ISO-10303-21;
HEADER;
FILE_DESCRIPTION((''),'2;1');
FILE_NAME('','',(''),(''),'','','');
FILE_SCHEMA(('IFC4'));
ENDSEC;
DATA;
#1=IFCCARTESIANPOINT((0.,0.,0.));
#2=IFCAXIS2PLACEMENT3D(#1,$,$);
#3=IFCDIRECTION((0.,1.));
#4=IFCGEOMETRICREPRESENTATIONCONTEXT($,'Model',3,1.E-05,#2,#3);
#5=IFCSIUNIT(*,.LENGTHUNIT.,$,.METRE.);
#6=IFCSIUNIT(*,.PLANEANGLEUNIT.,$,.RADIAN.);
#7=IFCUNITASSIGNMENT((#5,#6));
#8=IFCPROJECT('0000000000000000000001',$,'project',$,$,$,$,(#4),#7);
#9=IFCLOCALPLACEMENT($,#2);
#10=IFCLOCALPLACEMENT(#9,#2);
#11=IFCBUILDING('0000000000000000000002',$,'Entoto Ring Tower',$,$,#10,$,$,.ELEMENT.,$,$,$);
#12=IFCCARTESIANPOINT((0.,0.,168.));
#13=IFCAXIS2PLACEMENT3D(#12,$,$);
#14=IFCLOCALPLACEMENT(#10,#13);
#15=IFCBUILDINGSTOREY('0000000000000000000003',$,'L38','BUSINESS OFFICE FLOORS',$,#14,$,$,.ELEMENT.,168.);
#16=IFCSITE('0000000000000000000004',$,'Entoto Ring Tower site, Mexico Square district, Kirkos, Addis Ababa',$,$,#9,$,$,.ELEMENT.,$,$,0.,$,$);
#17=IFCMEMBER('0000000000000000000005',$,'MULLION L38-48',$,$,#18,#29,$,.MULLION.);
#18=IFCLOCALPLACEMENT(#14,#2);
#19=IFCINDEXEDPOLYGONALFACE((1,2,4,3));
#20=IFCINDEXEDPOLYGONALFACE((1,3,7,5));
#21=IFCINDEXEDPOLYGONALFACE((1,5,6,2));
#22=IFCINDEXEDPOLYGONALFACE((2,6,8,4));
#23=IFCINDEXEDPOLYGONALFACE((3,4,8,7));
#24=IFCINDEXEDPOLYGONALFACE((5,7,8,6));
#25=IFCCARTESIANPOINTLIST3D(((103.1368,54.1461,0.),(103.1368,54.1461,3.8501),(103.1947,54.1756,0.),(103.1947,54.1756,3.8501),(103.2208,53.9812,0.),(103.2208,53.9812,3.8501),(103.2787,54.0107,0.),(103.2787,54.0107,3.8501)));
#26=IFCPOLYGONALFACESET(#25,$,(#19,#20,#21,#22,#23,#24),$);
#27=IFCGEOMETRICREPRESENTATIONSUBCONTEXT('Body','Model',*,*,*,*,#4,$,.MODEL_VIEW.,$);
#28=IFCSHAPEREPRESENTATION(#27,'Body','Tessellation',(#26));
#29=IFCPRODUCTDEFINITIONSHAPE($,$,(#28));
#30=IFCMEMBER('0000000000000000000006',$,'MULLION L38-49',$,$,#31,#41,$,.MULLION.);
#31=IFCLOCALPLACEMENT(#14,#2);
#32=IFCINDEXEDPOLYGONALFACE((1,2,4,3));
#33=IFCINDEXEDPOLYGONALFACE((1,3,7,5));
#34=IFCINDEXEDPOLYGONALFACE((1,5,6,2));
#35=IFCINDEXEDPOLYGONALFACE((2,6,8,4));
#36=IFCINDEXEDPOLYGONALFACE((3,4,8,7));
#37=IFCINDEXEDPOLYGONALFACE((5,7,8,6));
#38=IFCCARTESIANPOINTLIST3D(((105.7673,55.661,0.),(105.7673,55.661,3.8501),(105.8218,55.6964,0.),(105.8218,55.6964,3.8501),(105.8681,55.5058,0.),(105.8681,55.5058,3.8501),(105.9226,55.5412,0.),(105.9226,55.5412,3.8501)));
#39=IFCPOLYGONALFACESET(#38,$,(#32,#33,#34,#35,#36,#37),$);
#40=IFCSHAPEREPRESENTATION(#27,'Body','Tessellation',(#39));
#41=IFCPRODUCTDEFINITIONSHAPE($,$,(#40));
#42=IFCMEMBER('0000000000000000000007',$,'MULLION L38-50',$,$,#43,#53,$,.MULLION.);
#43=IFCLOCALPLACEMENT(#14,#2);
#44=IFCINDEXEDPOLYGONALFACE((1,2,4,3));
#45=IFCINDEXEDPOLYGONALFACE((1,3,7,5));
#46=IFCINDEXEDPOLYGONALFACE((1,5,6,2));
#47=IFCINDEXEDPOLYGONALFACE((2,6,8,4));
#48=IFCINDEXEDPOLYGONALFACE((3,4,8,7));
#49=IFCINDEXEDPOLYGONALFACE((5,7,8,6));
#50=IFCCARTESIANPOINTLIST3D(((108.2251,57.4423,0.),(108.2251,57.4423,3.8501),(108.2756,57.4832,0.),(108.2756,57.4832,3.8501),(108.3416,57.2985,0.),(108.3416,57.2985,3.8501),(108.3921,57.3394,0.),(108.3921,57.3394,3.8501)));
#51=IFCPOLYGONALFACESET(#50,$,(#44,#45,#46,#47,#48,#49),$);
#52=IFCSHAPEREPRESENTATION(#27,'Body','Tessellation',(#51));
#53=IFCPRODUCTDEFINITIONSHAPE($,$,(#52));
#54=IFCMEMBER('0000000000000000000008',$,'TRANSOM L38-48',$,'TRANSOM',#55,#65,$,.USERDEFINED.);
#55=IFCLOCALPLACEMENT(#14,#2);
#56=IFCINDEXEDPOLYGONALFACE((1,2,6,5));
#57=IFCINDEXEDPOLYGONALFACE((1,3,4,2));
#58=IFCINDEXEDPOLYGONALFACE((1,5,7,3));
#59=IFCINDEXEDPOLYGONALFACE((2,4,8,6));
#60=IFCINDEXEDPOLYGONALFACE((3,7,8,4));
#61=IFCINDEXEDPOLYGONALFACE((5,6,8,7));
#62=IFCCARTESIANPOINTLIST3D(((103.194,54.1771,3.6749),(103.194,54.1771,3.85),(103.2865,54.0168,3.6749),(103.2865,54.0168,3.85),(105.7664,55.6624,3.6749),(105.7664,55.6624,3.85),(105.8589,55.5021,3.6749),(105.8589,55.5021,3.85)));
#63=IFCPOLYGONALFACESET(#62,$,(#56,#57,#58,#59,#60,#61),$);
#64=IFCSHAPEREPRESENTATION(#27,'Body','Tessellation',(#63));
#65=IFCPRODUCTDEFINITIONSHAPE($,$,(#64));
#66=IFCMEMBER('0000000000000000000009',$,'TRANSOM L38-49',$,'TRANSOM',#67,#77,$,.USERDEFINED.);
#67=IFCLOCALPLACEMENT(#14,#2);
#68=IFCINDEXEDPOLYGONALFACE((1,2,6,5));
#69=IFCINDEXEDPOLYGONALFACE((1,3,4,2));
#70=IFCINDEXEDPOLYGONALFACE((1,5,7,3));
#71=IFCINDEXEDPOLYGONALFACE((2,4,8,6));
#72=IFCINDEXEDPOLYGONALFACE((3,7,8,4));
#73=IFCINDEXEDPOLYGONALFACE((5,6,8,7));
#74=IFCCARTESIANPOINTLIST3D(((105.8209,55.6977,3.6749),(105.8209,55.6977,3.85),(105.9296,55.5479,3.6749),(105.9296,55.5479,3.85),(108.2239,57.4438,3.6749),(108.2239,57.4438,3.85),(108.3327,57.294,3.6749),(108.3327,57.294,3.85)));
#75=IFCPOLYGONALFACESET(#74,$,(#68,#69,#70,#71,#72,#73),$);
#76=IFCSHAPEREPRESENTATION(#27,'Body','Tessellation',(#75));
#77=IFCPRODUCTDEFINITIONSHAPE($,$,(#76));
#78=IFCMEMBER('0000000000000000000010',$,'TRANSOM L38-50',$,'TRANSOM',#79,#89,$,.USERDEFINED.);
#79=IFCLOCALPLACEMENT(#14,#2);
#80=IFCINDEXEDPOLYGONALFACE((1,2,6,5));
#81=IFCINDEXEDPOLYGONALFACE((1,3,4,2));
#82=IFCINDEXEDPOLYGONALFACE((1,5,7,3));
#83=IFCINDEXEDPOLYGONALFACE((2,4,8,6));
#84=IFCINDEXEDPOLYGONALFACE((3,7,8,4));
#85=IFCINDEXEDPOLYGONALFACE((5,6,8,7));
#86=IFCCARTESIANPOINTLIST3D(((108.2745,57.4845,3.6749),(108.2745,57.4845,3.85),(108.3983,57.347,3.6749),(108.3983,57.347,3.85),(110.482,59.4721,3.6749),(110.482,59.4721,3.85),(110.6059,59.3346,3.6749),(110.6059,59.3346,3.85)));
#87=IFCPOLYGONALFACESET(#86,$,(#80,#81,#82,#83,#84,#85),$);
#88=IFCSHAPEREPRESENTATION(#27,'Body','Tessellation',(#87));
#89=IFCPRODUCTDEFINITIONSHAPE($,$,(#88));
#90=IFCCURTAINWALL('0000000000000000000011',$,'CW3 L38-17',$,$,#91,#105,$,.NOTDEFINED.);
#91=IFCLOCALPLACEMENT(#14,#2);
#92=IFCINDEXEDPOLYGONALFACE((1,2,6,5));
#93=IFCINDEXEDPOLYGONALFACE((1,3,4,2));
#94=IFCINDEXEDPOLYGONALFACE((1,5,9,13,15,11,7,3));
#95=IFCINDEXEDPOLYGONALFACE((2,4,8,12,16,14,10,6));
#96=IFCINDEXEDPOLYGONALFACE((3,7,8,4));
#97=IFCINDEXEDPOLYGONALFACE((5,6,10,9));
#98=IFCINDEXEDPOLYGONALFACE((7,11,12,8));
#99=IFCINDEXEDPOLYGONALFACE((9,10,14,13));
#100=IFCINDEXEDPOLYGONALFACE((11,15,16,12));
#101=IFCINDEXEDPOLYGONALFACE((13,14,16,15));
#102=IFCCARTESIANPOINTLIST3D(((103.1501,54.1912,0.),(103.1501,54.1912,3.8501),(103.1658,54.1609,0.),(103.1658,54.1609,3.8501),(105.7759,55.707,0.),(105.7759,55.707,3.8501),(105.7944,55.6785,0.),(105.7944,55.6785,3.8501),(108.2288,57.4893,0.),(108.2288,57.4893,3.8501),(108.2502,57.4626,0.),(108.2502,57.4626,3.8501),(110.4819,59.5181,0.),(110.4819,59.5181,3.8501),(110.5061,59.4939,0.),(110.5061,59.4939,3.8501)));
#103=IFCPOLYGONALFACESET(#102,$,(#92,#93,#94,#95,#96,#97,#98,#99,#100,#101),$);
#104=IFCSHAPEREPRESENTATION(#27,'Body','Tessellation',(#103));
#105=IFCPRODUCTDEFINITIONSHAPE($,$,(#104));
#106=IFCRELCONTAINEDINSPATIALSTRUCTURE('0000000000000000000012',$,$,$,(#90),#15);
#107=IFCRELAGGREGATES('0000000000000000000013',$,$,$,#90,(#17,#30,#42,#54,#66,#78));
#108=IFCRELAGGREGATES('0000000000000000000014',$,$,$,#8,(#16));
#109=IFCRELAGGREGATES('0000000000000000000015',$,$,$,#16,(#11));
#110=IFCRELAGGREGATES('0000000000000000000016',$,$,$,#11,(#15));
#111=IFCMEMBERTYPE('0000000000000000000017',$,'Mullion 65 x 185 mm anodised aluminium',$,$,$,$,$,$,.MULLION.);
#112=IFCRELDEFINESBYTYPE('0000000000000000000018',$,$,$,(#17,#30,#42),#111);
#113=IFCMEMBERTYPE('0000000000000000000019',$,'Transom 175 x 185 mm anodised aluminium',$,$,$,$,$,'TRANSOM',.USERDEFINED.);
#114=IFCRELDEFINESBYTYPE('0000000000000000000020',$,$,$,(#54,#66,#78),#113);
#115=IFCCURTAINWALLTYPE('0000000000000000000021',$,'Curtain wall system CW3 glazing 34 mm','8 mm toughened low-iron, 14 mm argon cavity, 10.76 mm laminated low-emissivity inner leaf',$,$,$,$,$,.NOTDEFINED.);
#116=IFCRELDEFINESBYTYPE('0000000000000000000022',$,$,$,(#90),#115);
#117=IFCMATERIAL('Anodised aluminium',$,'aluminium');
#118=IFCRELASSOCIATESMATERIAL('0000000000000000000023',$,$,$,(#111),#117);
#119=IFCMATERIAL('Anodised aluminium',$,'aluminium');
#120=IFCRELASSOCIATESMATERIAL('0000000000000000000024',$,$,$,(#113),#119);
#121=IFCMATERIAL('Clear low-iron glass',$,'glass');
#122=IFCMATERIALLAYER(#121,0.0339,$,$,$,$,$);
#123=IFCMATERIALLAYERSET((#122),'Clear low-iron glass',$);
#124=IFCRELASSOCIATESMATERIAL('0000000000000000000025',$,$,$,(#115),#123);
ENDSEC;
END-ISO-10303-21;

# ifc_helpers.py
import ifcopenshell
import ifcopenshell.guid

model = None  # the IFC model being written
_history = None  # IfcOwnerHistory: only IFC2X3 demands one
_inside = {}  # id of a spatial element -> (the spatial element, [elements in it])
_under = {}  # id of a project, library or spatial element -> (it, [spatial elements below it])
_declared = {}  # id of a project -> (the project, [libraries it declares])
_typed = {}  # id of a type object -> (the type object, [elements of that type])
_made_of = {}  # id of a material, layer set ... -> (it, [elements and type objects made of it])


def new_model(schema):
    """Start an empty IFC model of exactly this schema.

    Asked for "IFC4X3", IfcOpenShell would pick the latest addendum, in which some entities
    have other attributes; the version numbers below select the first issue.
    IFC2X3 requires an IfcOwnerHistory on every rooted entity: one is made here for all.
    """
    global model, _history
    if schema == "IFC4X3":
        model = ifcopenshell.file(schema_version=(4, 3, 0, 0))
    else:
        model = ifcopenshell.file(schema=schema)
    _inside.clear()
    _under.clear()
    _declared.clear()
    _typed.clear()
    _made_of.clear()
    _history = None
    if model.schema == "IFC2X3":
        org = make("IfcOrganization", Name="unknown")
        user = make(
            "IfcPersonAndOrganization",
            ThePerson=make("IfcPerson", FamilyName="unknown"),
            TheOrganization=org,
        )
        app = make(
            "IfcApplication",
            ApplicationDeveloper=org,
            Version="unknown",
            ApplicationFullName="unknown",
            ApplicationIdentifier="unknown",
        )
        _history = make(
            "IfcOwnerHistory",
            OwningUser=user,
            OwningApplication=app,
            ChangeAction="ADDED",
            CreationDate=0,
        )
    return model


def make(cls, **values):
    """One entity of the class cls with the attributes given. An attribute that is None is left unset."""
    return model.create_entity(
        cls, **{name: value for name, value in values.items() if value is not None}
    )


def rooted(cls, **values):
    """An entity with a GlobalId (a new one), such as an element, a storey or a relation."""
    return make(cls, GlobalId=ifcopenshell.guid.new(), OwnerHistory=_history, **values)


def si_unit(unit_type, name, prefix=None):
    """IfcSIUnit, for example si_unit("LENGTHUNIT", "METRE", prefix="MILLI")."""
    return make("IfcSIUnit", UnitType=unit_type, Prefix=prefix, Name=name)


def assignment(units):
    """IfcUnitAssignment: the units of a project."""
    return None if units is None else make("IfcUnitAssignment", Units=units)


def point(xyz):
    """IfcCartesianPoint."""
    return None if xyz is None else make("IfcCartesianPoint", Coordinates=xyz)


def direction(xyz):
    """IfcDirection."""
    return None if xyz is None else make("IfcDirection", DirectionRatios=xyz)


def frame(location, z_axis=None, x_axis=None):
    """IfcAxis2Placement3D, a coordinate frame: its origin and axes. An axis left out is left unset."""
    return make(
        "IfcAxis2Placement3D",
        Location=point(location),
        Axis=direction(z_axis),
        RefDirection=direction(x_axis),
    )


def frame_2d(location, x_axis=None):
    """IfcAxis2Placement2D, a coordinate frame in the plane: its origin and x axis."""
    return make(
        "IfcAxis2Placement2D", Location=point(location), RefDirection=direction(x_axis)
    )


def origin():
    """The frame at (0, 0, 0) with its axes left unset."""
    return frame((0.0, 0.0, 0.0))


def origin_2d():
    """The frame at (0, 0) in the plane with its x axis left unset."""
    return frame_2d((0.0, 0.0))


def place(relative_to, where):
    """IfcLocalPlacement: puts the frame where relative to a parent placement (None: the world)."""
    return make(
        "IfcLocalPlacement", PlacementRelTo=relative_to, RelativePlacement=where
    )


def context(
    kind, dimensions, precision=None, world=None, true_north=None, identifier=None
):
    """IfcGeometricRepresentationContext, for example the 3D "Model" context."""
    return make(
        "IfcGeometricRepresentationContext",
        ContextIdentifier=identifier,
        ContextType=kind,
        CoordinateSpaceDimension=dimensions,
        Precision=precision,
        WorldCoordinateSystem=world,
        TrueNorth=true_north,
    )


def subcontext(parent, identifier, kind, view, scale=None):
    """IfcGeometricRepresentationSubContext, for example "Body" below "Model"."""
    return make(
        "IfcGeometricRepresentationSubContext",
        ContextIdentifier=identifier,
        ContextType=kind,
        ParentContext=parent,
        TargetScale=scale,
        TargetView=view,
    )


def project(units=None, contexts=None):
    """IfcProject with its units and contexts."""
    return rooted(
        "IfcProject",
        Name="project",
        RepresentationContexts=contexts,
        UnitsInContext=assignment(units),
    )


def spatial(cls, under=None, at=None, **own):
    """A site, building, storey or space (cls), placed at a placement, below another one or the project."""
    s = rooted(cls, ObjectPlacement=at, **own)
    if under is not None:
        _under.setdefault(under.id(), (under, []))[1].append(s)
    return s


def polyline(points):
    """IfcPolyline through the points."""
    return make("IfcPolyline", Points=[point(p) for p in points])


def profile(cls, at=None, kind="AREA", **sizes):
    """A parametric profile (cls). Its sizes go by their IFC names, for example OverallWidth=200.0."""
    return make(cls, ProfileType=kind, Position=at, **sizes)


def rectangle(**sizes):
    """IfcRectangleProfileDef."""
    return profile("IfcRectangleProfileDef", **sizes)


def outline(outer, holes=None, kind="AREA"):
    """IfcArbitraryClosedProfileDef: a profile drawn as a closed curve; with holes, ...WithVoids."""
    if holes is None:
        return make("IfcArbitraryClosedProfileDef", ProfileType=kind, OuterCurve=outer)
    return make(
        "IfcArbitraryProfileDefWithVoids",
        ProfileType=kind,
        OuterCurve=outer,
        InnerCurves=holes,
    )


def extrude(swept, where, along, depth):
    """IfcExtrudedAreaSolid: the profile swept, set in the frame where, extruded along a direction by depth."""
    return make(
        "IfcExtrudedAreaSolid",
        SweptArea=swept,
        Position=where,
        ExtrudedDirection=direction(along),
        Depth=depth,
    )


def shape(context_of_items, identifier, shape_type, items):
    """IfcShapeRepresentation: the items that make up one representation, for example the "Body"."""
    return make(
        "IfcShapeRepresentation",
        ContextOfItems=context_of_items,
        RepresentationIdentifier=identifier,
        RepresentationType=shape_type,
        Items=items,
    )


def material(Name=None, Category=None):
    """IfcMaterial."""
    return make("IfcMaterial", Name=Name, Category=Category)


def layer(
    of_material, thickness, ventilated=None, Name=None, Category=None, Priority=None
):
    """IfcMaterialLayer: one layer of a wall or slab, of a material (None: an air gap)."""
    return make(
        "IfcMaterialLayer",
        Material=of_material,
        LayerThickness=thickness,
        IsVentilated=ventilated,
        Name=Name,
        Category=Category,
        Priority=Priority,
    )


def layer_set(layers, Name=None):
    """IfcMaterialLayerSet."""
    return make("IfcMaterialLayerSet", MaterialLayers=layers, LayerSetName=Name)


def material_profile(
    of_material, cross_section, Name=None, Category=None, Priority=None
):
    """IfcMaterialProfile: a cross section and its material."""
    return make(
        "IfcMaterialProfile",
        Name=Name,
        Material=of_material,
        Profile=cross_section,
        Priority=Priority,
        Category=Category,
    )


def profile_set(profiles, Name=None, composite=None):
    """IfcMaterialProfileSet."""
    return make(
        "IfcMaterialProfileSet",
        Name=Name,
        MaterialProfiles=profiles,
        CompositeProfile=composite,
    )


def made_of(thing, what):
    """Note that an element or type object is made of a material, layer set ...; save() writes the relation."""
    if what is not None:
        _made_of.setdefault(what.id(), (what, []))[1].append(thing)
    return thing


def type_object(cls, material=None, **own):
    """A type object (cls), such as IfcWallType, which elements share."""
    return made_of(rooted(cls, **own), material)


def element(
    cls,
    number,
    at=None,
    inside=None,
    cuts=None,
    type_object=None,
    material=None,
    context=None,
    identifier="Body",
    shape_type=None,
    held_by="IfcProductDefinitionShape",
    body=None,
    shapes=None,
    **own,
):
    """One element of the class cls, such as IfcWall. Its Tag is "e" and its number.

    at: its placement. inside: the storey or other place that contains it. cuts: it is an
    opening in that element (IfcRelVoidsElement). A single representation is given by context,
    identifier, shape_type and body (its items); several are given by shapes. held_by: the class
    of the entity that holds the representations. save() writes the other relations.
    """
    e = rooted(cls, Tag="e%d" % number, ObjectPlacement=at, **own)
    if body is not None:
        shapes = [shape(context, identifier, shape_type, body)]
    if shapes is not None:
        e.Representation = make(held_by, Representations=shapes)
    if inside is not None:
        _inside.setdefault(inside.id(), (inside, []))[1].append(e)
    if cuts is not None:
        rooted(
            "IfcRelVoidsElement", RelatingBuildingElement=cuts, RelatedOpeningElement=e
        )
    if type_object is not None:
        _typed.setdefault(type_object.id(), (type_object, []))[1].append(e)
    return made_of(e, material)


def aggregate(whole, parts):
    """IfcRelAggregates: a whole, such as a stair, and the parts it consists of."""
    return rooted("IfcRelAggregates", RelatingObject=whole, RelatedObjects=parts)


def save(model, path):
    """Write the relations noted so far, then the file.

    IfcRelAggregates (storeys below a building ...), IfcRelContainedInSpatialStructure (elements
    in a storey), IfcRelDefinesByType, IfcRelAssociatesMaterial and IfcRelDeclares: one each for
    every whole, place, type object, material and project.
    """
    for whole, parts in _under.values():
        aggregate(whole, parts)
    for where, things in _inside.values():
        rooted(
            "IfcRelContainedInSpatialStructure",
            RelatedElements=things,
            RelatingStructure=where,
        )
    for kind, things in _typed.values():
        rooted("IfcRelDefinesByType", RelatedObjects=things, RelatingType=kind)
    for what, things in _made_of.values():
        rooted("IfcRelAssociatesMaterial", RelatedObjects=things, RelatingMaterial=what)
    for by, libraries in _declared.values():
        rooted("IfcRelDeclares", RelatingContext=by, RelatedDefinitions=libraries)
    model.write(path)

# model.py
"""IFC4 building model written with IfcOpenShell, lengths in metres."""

from ifc_helpers import new_model, si_unit, direction, frame, origin, origin_2d, place, context, subcontext, project, spatial, polyline, rectangle, outline, extrude, material, layer, layer_set, material_profile, profile_set, type_object, element, aggregate, save


model = new_model("IFC4")

# Units and contexts
model_context = context("Model", 3, precision=1e-05, world=origin(), true_north=direction((0.0, 1.0)))
body_context = subcontext(model_context, "Body", "Model", "MODEL_VIEW")
ifc_project = project(units=[si_unit("LENGTHUNIT", "METRE"), si_unit("PLANEANGLEUNIT", "RADIAN")], contexts=[model_context])

# Members
ifc_material_1 = material(Name="Anodised aluminium", Category="aluminium")
ifc_material_profile_1 = material_profile(ifc_material_1, rectangle(XDim=0.0649, YDim=0.1851, at=origin_2d()), Name="Mullion 65 x 185 mm anodised aluminium")
ifc_profile_set_1 = profile_set([ifc_material_profile_1], Name="Anodised aluminium")
member_type_1 = type_object("IfcMemberType", Name="Mullion 65 x 185 mm anodised aluminium", PredefinedType="MULLION", material=ifc_profile_set_1)
site_placement = place(None, origin())
building_placement = place(site_placement, origin())
storey_placement = place(building_placement, frame((0.0, 0.0, 168.0)))
member_1_placement = place(storey_placement, frame((103.2078, 54.0784, 0.0), z_axis=(0.0, 0.0, 1.0), x_axis=(0.891007, 0.45399, 0.0)))
member_1 = element("IfcMember", 1, at=member_1_placement, type_object=member_type_1, Name="MULLION L38-48", PredefinedType="MULLION", context=body_context, shape_type="SweptSolid", body=[
    extrude(rectangle(XDim=0.0649, YDim=0.1851, at=origin_2d()), origin(), (0.0, 0.0, 1.0), 3.8501),
])
member_2_placement = place(storey_placement, frame((105.845, 55.6011, 0.0), z_axis=(0.0, 0.0, 1.0), x_axis=(0.838671, 0.544639, 0.0)))
member_2 = element("IfcMember", 2, at=member_2_placement, type_object=member_type_1, Name="MULLION L38-49", PredefinedType="MULLION", context=body_context, shape_type="SweptSolid", body=[
    extrude(rectangle(XDim=0.0649, YDim=0.1851, at=origin_2d()), origin(), (0.0, 0.0, 1.0), 3.8501),
])
member_3_placement = place(storey_placement, frame((108.3086, 57.3909, 0.0), z_axis=(0.0, 0.0, 1.0), x_axis=(0.777146, 0.62932, 0.0)))
member_3 = element("IfcMember", 3, at=member_3_placement, type_object=member_type_1, Name="MULLION L38-50", PredefinedType="MULLION", context=body_context, shape_type="SweptSolid", body=[
    extrude(rectangle(XDim=0.0649, YDim=0.1851, at=origin_2d()), origin(), (0.0, 0.0, 1.0), 3.8501),
])
ifc_material_2 = material(Name="Anodised aluminium", Category="aluminium")
ifc_material_profile_2 = material_profile(ifc_material_2, rectangle(XDim=0.1851, YDim=0.175, at=origin_2d()), Name="Transom 175 x 185 mm anodised aluminium")
ifc_profile_set_2 = profile_set([ifc_material_profile_2], Name="Anodised aluminium")
member_type_2 = type_object("IfcMemberType", Name="Transom 175 x 185 mm anodised aluminium", ElementType="TRANSOM", PredefinedType="USERDEFINED", material=ifc_profile_set_2)
member_4_placement = place(storey_placement, frame((103.2402, 54.0969, 3.7625), z_axis=(0.866009, 0.500028, 0.0), x_axis=(-0.500028, 0.866009, 0.0)))
member_4 = element("IfcMember", 4, at=member_4_placement, type_object=member_type_2, Name="TRANSOM L38-48", ObjectType="TRANSOM", PredefinedType="USERDEFINED", context=body_context, shape_type="SweptSolid", body=[
    extrude(rectangle(XDim=0.1851, YDim=0.175, at=origin_2d()), origin(), (0.0, 0.0, 1.0), 2.9705),
])
member_5_placement = place(storey_placement, frame((105.8752, 55.6228, 3.7625), z_axis=(0.808992, 0.58782, 0.0), x_axis=(-0.58782, 0.808992, 0.0)))
member_5 = element("IfcMember", 5, at=member_5_placement, type_object=member_type_2, Name="TRANSOM L38-49", ObjectType="TRANSOM", PredefinedType="USERDEFINED", context=body_context, shape_type="SweptSolid", body=[
    extrude(rectangle(XDim=0.1851, YDim=0.175, at=origin_2d()), origin(), (0.0, 0.0, 1.0), 2.9705),
])
member_6_placement = place(storey_placement, frame((108.3364, 57.4158, 3.7625), z_axis=(0.743163, 0.66911, 0.0), x_axis=(-0.66911, 0.743163, 0.0)))
member_6 = element("IfcMember", 6, at=member_6_placement, type_object=member_type_2, Name="TRANSOM L38-50", ObjectType="TRANSOM", PredefinedType="USERDEFINED", context=body_context, shape_type="SweptSolid", body=[
    extrude(rectangle(XDim=0.1851, YDim=0.175, at=origin_2d()), origin(), (0.0, 0.0, 1.0), 2.9705),
])

# Site, building, storey
site = spatial("IfcSite", under=ifc_project, at=site_placement, Name="Entoto Ring Tower site, Mexico Square district, Kirkos, Addis Ababa", CompositionType="ELEMENT", RefElevation=0.0)
building = spatial("IfcBuilding", under=site, at=building_placement, Name="Entoto Ring Tower", CompositionType="ELEMENT")
storey = spatial("IfcBuildingStorey", under=building, at=storey_placement, Name="L38", Description="BUSINESS OFFICE FLOORS", CompositionType="ELEMENT", Elevation=168.0)

# Curtain wall
ifc_material_3 = material(Name="Clear low-iron glass", Category="glass")
ifc_layer_1 = layer(ifc_material_3, 0.0339)
ifc_layer_set_1 = layer_set([ifc_layer_1], Name="Clear low-iron glass")
curtain_wall_type = type_object("IfcCurtainWallType", Name="Curtain wall system CW3 glazing 34 mm", Description="8 mm toughened low-iron, 14 mm argon cavity, 10.76 mm laminated low-emissivity inner leaf", PredefinedType="NOTDEFINED", material=ifc_layer_set_1)
curtain_wall_1_placement = place(storey_placement, origin())
curtain_wall_1 = element("IfcCurtainWall", 7, at=curtain_wall_1_placement, inside=storey, type_object=curtain_wall_type, Name="CW3 L38-17", PredefinedType="NOTDEFINED", context=body_context, shape_type="SweptSolid", body=[
    extrude(outline(polyline([(103.1658, 54.1609), (105.7944, 55.6785), (108.2502, 57.4626), (110.5061, 59.4939), (110.4819, 59.5181), (108.2288, 57.4893), (105.7759, 55.707), (103.1501, 54.1912), (103.1658, 54.1609)])), origin(), (0.0, 0.0, 1.0), 3.8501),
])
aggregate(curtain_wall_1, [member_1, member_2, member_3, member_4, member_5, member_6])

save(model, "model.ifc")
